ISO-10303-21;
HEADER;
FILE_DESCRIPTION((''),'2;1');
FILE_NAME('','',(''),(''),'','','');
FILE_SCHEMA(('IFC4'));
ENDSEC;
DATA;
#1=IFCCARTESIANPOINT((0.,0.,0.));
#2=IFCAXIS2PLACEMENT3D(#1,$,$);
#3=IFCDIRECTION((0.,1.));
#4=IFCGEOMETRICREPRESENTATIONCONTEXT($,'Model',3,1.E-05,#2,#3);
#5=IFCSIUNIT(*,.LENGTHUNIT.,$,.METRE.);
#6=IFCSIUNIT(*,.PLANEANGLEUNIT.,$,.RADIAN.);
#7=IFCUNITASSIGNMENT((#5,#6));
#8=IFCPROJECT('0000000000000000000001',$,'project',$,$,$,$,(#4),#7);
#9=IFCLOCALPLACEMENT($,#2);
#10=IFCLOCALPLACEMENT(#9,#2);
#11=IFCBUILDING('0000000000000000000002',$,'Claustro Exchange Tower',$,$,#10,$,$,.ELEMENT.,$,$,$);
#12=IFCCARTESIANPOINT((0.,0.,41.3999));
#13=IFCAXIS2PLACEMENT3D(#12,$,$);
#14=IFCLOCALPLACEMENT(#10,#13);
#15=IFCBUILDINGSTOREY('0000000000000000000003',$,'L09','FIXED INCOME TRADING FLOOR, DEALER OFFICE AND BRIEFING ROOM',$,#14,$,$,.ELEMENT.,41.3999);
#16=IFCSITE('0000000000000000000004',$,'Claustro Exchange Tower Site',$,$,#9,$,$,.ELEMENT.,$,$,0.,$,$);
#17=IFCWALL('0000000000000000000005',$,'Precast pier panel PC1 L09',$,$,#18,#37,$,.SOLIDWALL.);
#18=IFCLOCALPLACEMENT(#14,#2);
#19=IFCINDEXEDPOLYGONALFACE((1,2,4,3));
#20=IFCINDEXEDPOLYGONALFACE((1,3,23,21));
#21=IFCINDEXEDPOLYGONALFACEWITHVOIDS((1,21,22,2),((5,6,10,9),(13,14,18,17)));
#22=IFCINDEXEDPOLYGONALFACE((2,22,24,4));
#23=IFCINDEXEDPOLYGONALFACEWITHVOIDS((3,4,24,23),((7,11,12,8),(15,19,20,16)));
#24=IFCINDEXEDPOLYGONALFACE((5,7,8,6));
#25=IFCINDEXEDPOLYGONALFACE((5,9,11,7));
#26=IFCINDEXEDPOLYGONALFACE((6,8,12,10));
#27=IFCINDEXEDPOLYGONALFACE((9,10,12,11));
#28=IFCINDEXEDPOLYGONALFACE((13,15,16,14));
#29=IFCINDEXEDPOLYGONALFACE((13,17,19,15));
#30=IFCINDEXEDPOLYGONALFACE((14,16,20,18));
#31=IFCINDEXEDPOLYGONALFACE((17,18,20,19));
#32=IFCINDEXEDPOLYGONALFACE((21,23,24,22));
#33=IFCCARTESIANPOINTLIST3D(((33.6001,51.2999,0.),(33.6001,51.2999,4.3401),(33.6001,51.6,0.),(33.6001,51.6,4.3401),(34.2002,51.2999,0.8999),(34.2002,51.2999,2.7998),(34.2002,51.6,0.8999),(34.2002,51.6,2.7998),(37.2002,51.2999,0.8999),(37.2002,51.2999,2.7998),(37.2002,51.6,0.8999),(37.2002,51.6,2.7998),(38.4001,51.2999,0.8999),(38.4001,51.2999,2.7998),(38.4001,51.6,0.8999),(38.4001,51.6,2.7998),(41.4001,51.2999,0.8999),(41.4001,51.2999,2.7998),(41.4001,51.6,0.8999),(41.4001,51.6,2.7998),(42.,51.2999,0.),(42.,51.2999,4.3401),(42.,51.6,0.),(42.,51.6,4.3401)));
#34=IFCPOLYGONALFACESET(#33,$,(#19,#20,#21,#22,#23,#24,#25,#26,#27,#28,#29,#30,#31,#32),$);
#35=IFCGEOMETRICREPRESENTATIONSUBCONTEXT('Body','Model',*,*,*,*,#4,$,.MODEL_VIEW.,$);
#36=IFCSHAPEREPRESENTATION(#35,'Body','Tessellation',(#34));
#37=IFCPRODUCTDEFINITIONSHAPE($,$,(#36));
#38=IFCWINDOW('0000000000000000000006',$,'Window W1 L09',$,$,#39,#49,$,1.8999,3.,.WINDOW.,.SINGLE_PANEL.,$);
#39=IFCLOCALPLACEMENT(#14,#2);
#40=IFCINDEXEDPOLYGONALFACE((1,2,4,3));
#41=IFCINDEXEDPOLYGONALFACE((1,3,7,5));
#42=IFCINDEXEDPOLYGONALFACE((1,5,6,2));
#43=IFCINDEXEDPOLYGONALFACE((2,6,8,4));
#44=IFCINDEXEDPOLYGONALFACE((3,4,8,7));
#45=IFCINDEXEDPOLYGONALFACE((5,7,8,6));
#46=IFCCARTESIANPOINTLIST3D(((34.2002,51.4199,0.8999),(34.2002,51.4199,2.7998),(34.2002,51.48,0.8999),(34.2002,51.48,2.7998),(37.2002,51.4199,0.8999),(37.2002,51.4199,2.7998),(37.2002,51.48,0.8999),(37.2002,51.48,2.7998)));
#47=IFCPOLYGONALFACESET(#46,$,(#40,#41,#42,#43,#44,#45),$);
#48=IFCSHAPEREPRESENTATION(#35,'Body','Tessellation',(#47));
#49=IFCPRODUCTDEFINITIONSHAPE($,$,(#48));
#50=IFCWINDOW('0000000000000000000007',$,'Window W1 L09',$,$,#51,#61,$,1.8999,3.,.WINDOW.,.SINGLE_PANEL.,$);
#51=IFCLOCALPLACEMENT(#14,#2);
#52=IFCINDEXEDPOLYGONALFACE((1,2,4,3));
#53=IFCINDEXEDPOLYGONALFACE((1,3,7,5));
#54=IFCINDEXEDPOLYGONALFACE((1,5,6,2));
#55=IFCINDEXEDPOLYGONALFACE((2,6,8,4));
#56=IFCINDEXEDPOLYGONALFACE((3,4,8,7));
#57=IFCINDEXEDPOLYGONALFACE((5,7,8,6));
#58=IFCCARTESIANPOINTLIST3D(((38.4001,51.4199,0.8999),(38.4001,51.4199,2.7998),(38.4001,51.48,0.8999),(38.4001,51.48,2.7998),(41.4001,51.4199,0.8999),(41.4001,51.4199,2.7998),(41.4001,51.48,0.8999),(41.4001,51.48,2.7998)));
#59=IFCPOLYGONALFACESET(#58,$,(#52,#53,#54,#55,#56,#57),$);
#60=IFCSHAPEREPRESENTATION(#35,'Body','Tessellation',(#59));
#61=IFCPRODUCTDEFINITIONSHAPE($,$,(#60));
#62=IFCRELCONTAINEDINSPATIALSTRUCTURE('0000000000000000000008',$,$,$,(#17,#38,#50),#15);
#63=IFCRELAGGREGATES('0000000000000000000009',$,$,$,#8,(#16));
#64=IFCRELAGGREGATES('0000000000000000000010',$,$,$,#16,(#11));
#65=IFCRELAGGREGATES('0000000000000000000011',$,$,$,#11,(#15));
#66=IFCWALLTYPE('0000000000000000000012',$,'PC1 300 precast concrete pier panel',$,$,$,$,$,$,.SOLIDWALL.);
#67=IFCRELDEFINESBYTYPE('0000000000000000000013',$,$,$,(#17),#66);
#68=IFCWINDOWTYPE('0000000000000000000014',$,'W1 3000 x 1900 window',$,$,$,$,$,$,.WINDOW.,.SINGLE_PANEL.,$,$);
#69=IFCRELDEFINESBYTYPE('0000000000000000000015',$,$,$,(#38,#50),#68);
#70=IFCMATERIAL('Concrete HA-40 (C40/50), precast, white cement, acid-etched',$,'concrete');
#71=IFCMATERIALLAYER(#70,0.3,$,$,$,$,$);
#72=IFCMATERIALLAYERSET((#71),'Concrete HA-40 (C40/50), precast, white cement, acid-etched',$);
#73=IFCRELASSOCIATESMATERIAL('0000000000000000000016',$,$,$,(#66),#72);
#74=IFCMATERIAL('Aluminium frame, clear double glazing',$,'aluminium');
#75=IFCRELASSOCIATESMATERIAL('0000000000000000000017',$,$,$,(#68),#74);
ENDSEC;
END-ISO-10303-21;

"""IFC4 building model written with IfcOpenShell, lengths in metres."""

from ifc_helpers import new_model, si_unit, direction, frame, frame_2d, origin, place, context, subcontext, project, spatial, rectangle, extrude, material, layer, layer_set, type_object, element, fill, save


model = new_model("IFC4")

# Units and contexts
model_context = context("Model", 3, precision=1e-05, world=origin(), true_north=direction((0.0, 1.0)))
body_context = subcontext(model_context, "Body", "Model", "MODEL_VIEW")
ifc_project = project(units=[si_unit("LENGTHUNIT", "METRE"), si_unit("PLANEANGLEUNIT", "RADIAN")], contexts=[model_context])

# Site, building, storey
site_placement = place(None, origin())
site = spatial("IfcSite", under=ifc_project, at=site_placement, Name="Claustro Exchange Tower Site", CompositionType="ELEMENT", RefElevation=0.0)
building_placement = place(site_placement, origin())
building = spatial("IfcBuilding", under=site, at=building_placement, Name="Claustro Exchange Tower", CompositionType="ELEMENT")
storey_placement = place(building_placement, frame((0.0, 0.0, 41.3999)))
storey = spatial("IfcBuildingStorey", under=building, at=storey_placement, Name="L09", Description="FIXED INCOME TRADING FLOOR, DEALER OFFICE AND BRIEFING ROOM", CompositionType="ELEMENT", Elevation=41.3999)

# Wall, openings, windows
ifc_material_1 = material(Name="Concrete HA-40 (C40/50), precast, white cement, acid-etched", Category="concrete")
ifc_layer_1 = layer(ifc_material_1, 0.3)
ifc_layer_set_1 = layer_set([ifc_layer_1], Name="Concrete HA-40 (C40/50), precast, white cement, acid-etched")
wall_type_1 = type_object("IfcWallType", Name="PC1 300 precast concrete pier panel", PredefinedType="SOLIDWALL", material=ifc_layer_set_1)
ifc_material_2 = material(Name="Aluminium frame, clear double glazing", Category="aluminium")
window_type = type_object("IfcWindowType", Name="W1 3000 x 1900 window", PartitioningType="SINGLE_PANEL", PredefinedType="WINDOW", material=ifc_material_2)
wall_1_placement = place(storey_placement, frame((33.6001, 51.45, 0.0), z_axis=(0.0, 0.0, 1.0), x_axis=(1.0, 0.0, 0.0)))
wall_1 = element("IfcWall", 1, at=wall_1_placement, inside=storey, type_object=wall_type_1, Name="Precast pier panel PC1 L09", PredefinedType="SOLIDWALL", context=body_context, shape_type="SweptSolid", body=[
    extrude(rectangle(XDim=8.3999, YDim=0.3, at=frame_2d((4.2, 0.0))), origin(), (0.0, 0.0, 1.0), 4.3401),
])
opening_1_placement = place(wall_1_placement, frame((0.6001, 0.0, 0.8999)))
opening_1 = element("IfcOpeningElement", 2, at=opening_1_placement, cuts=wall_1, PredefinedType="OPENING", context=body_context, shape_type="SweptSolid", body=[
    extrude(rectangle(XDim=3.0, YDim=1.8999, at=frame_2d((1.5, 0.95))), frame((0.0, 0.1599, 0.0), z_axis=(0.0, -1.0, 0.0), x_axis=(1.0, 0.0, 0.0)), (0.0, 0.0, 1.0), 0.3201),
])
opening_2_placement = place(wall_1_placement, frame((4.8, 0.0, 0.8999)))
opening_2 = element("IfcOpeningElement", 3, at=opening_2_placement, cuts=wall_1, PredefinedType="OPENING", context=body_context, shape_type="SweptSolid", body=[
    extrude(rectangle(XDim=3.0, YDim=1.8999, at=frame_2d((1.5, 0.95))), frame((0.0, 0.1599, 0.0), z_axis=(0.0, -1.0, 0.0), x_axis=(1.0, 0.0, 0.0)), (0.0, 0.0, 1.0), 0.3201),
])
window_1_placement = place(opening_1_placement, origin())
window_1 = element("IfcWindow", 4, at=window_1_placement, inside=storey, type_object=window_type, Name="Window W1 L09", OverallHeight=1.8999, OverallWidth=3.0, PartitioningType="SINGLE_PANEL", PredefinedType="WINDOW", context=body_context, shape_type="SweptSolid", body=[
    extrude(rectangle(XDim=3.0, YDim=1.8999, at=frame_2d((1.5, 0.95))), frame((0.0, 0.03, 0.0), z_axis=(0.0, -1.0, 0.0), x_axis=(1.0, 0.0, 0.0)), (0.0, 0.0, 1.0), 0.0601),
])
fill(opening_1, window_1)
window_2_placement = place(opening_2_placement, origin())
window_2 = element("IfcWindow", 5, at=window_2_placement, inside=storey, type_object=window_type, Name="Window W1 L09", OverallHeight=1.8999, OverallWidth=3.0, PartitioningType="SINGLE_PANEL", PredefinedType="WINDOW", context=body_context, shape_type="SweptSolid", body=[
    extrude(rectangle(XDim=3.0, YDim=1.8999, at=frame_2d((1.5, 0.95))), frame((0.0, 0.03, 0.0), z_axis=(0.0, -1.0, 0.0), x_axis=(1.0, 0.0, 0.0)), (0.0, 0.0, 1.0), 0.0601),
])
fill(opening_2, window_2)

save(model, "model.ifc")
